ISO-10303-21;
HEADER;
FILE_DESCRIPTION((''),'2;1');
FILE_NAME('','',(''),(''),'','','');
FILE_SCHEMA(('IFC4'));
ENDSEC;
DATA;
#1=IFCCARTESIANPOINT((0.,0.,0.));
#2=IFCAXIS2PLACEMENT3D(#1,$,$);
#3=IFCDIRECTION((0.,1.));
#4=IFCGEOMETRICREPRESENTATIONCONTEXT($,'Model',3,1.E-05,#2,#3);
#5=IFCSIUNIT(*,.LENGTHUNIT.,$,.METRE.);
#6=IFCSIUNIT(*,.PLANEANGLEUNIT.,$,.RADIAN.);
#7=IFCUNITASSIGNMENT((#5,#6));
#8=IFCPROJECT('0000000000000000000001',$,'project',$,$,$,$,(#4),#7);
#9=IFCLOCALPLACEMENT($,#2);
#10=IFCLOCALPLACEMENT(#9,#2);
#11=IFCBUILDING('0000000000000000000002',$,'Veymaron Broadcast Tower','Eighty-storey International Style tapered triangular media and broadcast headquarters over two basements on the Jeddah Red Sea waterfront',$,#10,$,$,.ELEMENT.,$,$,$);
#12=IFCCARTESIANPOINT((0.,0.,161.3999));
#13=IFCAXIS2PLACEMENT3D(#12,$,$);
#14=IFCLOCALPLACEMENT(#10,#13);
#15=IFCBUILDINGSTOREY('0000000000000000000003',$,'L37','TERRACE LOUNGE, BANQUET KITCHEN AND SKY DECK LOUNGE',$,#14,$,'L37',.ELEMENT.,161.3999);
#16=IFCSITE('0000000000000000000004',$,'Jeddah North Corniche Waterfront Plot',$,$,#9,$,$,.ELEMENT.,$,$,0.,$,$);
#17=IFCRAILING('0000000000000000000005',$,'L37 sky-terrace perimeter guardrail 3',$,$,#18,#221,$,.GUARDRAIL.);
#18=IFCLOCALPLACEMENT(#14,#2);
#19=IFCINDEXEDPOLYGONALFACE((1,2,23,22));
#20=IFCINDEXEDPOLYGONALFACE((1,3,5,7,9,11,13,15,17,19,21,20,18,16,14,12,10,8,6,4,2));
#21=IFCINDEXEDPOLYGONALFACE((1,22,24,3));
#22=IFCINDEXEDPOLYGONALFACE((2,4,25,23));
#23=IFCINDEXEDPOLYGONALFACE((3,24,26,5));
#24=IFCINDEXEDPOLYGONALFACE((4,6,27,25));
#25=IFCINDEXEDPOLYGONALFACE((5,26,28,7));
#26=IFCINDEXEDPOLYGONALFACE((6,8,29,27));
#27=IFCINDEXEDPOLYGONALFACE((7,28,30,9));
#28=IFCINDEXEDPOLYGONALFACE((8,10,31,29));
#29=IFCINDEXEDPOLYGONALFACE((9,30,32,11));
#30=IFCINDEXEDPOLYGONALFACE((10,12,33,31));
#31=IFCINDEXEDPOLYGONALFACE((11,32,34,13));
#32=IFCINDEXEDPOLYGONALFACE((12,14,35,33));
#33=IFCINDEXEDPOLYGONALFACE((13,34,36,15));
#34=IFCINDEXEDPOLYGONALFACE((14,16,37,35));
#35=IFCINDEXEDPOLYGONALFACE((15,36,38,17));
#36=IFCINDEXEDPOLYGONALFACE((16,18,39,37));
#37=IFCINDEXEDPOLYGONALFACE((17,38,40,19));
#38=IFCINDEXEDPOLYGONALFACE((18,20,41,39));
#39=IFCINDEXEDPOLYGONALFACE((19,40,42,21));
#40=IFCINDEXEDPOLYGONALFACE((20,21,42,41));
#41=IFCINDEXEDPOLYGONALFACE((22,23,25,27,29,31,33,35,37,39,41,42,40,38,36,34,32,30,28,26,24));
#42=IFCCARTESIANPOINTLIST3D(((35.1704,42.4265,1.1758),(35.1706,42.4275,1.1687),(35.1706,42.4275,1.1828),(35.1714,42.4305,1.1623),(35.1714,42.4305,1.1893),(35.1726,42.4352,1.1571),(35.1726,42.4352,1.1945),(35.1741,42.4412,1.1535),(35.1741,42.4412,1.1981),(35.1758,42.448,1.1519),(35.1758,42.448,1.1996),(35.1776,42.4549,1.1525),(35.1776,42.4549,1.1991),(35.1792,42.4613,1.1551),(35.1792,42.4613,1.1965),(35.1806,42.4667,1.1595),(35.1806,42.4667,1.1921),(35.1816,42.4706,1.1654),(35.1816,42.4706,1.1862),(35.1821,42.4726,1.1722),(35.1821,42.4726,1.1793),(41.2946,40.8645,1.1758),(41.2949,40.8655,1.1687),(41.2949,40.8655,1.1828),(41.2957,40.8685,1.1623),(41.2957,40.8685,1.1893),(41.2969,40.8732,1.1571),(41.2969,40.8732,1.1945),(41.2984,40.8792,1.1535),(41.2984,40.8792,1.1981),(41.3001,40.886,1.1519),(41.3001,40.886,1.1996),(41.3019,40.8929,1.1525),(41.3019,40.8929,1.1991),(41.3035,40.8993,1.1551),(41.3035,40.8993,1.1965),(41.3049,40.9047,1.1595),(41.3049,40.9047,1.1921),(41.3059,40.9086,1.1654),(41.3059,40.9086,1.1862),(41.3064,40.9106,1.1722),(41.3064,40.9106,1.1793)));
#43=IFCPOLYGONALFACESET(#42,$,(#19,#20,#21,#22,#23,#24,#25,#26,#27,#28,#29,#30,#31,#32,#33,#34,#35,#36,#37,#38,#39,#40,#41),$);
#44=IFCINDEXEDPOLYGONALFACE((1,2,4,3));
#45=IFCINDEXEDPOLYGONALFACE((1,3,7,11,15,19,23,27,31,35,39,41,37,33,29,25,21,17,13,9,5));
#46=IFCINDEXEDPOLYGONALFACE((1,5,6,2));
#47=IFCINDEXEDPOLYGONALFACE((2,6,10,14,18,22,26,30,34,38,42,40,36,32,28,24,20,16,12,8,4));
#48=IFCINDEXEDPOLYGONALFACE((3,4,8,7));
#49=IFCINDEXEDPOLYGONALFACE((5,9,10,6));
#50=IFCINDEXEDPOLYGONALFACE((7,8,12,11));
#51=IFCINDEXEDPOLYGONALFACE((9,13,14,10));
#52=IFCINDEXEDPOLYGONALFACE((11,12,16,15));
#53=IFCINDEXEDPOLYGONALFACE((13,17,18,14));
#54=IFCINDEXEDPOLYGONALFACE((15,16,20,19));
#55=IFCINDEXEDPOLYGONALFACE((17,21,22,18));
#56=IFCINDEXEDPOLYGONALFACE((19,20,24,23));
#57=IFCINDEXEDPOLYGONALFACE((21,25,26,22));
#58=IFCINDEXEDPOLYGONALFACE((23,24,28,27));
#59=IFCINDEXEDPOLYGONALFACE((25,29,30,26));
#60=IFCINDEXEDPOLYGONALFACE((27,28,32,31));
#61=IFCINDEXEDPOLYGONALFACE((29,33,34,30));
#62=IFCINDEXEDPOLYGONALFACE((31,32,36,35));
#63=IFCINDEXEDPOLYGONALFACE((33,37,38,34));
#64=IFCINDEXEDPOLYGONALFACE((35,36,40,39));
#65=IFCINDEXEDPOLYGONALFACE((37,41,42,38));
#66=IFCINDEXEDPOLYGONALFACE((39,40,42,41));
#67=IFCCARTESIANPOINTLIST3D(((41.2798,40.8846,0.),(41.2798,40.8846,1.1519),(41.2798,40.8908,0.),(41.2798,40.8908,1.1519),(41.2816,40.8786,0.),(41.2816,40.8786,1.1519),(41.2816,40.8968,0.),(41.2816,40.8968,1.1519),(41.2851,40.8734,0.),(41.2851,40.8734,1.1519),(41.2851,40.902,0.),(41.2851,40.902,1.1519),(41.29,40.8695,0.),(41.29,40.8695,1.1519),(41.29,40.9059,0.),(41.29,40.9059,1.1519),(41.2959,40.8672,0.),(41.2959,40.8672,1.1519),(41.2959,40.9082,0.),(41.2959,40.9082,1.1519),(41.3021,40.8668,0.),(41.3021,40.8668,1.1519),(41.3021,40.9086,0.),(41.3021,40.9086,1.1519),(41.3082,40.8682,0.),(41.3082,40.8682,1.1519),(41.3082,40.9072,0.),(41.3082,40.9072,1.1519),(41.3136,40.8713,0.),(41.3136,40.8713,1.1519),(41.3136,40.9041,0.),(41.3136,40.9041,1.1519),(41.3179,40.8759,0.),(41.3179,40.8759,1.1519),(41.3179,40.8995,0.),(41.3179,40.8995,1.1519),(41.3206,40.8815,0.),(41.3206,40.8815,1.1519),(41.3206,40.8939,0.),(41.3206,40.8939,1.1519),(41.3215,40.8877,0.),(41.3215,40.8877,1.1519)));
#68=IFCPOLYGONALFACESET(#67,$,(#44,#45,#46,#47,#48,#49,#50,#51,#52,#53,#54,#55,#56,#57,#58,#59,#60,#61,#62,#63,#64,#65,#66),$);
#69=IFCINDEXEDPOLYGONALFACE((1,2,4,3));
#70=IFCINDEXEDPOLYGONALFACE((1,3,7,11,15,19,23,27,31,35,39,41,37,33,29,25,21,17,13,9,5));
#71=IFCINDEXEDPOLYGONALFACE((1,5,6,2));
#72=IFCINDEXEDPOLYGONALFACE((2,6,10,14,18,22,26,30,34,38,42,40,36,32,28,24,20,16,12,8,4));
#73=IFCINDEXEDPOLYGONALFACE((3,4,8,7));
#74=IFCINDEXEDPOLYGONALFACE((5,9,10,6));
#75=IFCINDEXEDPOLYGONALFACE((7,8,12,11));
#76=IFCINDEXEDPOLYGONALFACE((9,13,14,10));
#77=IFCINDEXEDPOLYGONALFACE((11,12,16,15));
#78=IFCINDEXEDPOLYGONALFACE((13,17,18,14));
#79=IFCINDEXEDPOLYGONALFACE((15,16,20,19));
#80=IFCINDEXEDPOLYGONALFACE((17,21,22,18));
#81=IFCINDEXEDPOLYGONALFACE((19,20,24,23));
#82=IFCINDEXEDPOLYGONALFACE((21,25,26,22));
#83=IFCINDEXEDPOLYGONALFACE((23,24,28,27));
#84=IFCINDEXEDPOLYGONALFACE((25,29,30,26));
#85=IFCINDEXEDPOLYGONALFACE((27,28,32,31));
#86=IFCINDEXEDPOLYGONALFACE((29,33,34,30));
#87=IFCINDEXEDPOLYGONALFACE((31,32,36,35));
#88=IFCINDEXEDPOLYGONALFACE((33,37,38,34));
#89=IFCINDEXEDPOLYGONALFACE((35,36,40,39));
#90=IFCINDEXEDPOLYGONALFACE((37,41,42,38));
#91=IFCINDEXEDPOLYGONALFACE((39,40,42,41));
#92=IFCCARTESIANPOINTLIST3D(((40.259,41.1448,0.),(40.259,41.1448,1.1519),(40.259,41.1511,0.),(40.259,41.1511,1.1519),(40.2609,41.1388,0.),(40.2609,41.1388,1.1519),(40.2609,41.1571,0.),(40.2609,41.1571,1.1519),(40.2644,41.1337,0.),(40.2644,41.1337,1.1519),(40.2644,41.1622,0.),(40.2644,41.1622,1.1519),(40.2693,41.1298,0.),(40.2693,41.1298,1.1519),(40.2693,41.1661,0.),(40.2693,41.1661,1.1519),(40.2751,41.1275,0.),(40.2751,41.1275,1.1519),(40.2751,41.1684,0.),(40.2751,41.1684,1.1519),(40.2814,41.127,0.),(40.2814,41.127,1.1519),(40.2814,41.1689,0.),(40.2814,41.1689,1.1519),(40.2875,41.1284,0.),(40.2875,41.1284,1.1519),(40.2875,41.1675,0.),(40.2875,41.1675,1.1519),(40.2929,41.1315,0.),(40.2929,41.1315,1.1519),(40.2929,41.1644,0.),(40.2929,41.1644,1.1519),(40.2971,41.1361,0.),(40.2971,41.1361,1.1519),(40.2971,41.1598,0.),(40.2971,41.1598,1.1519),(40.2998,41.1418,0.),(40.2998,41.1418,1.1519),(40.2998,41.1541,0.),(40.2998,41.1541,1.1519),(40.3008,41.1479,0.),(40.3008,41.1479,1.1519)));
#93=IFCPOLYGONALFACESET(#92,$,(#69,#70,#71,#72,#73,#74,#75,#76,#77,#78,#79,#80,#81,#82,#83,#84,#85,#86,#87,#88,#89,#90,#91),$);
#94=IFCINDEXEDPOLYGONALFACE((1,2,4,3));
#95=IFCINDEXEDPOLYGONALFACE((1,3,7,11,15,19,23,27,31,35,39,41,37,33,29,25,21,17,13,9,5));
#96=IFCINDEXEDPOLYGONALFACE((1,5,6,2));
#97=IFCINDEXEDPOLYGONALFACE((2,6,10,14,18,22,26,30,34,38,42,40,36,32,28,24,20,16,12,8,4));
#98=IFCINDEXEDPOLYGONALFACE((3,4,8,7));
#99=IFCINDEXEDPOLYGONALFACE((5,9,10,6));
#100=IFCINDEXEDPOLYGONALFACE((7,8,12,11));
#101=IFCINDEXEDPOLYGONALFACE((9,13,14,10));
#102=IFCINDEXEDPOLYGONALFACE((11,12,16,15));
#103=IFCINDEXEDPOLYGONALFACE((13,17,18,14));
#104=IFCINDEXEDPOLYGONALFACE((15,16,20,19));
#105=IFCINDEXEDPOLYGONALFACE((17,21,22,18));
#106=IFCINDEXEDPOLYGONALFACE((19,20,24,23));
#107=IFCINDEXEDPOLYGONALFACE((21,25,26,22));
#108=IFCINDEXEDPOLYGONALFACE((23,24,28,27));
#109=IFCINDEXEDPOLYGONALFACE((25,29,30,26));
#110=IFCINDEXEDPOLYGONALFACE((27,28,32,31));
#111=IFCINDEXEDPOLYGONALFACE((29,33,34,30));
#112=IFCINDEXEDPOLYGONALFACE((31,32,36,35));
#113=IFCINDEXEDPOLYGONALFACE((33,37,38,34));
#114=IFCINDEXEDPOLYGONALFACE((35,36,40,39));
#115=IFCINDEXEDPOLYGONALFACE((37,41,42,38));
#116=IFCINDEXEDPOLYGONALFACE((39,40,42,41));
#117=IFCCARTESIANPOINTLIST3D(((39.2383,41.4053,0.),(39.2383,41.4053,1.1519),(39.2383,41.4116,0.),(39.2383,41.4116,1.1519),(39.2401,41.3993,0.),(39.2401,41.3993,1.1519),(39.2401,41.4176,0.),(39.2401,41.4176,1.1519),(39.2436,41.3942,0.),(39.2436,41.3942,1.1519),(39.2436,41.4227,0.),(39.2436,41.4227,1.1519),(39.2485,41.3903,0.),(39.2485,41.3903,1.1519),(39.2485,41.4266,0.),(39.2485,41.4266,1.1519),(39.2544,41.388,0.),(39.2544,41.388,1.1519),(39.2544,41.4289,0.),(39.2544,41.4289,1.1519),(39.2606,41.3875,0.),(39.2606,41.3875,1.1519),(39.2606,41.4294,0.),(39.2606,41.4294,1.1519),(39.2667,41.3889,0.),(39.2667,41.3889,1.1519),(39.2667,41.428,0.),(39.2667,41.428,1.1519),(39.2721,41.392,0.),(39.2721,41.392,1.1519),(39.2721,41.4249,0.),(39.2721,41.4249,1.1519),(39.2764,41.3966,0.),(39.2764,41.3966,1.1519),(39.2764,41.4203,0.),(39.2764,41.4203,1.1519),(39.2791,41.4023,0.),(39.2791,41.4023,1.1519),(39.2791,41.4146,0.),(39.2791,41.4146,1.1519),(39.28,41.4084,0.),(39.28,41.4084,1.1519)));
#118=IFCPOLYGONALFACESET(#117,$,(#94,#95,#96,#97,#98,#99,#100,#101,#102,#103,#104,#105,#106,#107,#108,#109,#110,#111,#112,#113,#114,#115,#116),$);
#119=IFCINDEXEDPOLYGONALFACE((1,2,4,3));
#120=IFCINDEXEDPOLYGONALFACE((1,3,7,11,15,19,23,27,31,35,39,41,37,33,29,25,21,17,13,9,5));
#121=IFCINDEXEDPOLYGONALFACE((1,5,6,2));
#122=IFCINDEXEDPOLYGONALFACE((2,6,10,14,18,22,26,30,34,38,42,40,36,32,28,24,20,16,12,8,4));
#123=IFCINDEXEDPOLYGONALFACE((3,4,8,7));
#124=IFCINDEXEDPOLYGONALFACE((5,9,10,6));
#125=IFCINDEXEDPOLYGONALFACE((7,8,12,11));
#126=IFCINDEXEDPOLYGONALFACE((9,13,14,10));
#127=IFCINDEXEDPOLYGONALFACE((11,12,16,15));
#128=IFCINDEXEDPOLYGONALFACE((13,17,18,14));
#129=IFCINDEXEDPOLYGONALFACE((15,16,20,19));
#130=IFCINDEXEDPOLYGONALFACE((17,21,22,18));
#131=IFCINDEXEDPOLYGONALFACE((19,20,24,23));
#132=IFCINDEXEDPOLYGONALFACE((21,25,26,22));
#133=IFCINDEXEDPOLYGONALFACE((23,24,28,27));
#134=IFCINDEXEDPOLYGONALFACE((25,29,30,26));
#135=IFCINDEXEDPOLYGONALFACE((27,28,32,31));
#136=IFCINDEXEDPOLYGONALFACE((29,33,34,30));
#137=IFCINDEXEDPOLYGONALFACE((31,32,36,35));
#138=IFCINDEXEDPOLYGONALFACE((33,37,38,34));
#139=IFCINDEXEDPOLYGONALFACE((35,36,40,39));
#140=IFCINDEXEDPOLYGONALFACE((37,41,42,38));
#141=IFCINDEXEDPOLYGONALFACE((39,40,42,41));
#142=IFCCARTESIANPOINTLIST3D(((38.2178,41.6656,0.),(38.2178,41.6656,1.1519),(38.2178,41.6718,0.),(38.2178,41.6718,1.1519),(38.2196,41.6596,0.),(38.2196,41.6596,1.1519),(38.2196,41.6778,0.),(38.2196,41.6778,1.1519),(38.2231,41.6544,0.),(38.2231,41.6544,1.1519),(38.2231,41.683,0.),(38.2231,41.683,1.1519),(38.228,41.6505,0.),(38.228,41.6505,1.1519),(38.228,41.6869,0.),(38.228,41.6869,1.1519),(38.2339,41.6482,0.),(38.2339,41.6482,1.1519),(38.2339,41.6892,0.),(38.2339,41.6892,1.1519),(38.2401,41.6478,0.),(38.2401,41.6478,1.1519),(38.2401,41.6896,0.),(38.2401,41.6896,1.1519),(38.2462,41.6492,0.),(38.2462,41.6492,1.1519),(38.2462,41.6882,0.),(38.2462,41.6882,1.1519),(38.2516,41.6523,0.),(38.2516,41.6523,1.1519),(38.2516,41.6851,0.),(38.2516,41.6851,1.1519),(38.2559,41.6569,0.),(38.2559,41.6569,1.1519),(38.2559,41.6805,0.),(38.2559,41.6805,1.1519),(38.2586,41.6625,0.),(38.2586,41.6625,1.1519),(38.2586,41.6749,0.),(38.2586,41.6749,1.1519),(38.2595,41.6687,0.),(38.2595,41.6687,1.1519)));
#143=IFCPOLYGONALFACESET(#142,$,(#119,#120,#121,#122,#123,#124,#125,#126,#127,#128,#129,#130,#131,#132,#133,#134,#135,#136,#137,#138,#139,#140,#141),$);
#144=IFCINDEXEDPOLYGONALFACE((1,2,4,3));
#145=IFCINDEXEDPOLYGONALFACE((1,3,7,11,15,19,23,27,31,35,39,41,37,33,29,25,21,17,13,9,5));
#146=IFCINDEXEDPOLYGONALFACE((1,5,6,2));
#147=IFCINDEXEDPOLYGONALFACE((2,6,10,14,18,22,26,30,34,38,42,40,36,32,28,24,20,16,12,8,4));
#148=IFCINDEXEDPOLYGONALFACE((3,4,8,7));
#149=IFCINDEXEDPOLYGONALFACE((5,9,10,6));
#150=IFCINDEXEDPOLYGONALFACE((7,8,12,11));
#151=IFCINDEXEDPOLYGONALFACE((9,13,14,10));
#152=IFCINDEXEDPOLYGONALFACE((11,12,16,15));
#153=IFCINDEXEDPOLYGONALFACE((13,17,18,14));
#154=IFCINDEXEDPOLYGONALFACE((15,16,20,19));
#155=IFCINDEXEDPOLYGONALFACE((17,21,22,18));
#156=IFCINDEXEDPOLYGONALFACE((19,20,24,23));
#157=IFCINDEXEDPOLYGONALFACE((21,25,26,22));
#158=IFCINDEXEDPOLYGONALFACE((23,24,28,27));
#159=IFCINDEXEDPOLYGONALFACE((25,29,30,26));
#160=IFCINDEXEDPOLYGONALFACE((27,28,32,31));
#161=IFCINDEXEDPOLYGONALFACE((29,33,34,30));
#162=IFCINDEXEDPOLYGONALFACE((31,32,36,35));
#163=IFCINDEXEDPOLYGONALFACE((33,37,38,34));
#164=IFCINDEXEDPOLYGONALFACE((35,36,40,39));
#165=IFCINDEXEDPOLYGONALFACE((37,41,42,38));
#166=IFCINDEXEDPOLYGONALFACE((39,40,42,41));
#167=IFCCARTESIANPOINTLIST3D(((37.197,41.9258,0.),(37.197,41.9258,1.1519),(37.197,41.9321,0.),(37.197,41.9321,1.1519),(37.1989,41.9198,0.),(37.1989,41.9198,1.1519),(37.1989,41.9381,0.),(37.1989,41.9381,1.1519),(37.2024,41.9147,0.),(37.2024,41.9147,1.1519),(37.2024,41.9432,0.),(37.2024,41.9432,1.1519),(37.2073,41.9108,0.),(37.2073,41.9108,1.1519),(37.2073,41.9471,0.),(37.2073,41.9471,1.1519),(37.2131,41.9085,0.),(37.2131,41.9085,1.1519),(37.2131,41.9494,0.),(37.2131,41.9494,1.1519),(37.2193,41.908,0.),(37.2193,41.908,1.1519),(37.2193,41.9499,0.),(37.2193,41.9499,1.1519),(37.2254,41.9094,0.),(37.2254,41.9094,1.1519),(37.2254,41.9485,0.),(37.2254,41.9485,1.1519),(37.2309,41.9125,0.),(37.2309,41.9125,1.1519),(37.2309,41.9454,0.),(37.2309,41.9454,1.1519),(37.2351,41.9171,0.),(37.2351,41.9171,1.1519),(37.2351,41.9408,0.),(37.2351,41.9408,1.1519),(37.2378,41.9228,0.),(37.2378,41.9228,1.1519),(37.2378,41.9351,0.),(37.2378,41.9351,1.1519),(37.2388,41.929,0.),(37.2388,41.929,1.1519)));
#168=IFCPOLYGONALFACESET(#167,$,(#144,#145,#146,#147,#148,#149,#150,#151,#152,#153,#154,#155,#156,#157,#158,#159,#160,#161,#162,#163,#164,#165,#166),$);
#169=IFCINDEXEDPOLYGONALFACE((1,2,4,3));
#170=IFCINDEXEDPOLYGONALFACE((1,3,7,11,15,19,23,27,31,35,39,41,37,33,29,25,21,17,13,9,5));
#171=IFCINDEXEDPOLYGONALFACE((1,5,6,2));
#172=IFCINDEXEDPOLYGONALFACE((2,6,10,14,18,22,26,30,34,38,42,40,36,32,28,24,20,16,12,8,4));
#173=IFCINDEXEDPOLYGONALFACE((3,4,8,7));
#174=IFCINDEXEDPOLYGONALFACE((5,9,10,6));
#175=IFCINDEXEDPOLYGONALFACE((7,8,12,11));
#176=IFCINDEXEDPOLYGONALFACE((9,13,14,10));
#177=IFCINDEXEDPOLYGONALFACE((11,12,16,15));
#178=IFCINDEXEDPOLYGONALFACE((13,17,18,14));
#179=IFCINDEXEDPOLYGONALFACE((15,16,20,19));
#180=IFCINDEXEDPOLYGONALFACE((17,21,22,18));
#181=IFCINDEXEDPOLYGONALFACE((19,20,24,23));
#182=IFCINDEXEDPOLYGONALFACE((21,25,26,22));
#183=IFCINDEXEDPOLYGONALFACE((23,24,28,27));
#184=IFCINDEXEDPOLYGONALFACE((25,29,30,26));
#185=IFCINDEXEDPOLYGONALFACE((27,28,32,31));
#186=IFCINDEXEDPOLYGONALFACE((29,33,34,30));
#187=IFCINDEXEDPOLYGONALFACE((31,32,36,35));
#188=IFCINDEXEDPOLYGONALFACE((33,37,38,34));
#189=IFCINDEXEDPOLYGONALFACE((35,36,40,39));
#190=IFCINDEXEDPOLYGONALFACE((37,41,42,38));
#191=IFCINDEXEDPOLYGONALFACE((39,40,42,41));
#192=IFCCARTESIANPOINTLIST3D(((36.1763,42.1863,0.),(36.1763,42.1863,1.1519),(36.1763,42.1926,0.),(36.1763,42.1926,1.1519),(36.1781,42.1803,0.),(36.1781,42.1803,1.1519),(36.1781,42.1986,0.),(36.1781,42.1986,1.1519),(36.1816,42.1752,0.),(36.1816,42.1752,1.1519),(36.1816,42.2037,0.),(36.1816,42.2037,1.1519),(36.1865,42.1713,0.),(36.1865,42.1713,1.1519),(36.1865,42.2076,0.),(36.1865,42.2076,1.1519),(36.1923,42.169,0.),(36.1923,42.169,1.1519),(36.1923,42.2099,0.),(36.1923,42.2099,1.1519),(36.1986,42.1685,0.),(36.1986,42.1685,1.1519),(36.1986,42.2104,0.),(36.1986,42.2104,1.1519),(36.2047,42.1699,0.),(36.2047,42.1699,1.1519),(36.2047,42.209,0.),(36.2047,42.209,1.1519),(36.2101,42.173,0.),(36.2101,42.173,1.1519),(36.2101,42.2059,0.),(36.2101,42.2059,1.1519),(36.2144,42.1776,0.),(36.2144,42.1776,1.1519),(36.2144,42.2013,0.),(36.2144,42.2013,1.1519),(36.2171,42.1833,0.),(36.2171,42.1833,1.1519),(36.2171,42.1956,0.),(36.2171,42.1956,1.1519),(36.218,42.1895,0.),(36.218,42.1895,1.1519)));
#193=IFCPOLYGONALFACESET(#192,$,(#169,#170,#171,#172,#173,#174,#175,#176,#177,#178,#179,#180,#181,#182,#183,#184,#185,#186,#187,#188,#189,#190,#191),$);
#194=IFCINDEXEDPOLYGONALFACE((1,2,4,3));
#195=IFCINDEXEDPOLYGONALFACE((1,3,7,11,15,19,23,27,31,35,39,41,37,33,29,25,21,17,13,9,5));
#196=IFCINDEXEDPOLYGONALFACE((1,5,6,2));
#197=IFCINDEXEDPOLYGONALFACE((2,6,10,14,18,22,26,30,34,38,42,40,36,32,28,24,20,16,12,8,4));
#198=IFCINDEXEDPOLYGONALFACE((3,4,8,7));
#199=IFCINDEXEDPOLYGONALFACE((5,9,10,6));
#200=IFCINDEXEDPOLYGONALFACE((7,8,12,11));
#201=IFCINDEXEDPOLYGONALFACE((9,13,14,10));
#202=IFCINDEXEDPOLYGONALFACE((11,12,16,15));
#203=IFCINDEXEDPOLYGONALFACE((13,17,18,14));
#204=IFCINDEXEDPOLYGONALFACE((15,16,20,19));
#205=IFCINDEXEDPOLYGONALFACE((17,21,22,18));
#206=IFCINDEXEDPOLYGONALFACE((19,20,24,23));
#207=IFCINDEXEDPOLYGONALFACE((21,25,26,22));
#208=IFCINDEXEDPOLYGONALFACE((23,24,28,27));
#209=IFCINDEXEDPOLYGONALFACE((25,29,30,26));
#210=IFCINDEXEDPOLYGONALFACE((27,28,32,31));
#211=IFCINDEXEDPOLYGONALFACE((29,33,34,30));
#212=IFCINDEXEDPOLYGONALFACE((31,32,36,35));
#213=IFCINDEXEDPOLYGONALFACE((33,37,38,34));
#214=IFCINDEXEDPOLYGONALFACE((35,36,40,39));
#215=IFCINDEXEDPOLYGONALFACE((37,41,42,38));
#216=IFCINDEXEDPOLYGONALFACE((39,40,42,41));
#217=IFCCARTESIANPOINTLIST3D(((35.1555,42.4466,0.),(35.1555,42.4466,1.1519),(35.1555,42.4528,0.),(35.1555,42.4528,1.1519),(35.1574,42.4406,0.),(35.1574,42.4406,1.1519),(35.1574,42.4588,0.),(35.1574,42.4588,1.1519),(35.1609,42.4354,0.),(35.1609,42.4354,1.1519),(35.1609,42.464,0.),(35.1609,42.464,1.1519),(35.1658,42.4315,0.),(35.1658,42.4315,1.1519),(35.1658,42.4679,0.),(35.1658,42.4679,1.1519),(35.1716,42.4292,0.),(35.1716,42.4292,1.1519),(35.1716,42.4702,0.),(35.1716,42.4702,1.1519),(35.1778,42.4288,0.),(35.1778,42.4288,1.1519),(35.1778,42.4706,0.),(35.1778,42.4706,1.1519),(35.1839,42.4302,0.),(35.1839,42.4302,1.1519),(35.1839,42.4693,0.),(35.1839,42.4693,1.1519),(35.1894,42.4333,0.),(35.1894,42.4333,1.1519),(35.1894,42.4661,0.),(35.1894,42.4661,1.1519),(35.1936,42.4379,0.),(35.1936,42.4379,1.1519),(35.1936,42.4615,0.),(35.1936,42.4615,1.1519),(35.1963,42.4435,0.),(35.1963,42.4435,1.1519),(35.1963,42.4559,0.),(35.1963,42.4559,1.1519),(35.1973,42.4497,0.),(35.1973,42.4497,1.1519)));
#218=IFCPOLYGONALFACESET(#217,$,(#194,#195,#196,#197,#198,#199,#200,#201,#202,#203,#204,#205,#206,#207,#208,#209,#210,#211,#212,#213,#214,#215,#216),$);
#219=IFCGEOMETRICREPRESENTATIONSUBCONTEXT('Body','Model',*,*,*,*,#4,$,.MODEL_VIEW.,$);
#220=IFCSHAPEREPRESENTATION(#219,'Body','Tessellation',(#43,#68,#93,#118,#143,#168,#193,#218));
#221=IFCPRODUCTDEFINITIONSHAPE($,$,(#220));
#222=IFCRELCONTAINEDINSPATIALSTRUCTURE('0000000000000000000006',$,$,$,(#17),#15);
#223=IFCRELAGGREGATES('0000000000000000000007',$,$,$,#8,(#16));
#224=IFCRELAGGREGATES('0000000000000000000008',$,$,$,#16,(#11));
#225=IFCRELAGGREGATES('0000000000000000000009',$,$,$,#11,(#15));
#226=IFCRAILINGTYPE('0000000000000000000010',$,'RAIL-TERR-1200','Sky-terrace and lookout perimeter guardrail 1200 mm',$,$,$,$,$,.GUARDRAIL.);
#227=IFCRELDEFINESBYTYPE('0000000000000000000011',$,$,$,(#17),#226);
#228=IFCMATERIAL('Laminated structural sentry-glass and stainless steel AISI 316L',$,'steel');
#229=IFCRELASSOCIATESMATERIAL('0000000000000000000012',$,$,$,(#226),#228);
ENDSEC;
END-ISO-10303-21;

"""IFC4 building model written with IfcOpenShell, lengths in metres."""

from ifc_helpers import new_model, si_unit, direction, frame, origin, origin_2d, place, context, subcontext, project, spatial, circle, extrude, material, type_object, element, save


model = new_model("IFC4")

# Units and contexts
model_context = context("Model", 3, precision=1e-05, world=origin(), true_north=direction((0.0, 1.0)))
body_context = subcontext(model_context, "Body", "Model", "MODEL_VIEW")
ifc_project = project(units=[si_unit("LENGTHUNIT", "METRE"), si_unit("PLANEANGLEUNIT", "RADIAN")], contexts=[model_context])

# Site, building, storey
site_placement = place(None, origin())
site = spatial("IfcSite", under=ifc_project, at=site_placement, Name="Jeddah North Corniche Waterfront Plot", CompositionType="ELEMENT", RefElevation=0.0)
building_placement = place(site_placement, origin())
building = spatial("IfcBuilding", under=site, at=building_placement, Name="Veymaron Broadcast Tower", Description="Eighty-storey International Style tapered triangular media and broadcast headquarters over two basements on the Jeddah Red Sea waterfront", CompositionType="ELEMENT")
storey_placement = place(building_placement, frame((0.0, 0.0, 161.3999)))
storey = spatial("IfcBuildingStorey", under=building, at=storey_placement, Name="L37", Description="TERRACE LOUNGE, BANQUET KITCHEN AND SKY DECK LOUNGE", LongName="L37", CompositionType="ELEMENT", Elevation=161.3999)

# Railing
ifc_material_1 = material(Name="Laminated structural sentry-glass and stainless steel AISI 316L", Category="steel")
railing_type_1 = type_object("IfcRailingType", Name="RAIL-TERR-1200", Description="Sky-terrace and lookout perimeter guardrail 1200 mm", PredefinedType="GUARDRAIL", material=ifc_material_1)
railing_1_placement = place(storey_placement, frame((41.3005, 40.8877, 0.0)))
element("IfcRailing", 1, at=railing_1_placement, inside=storey, type_object=railing_type_1, Name="L37 sky-terrace perimeter guardrail 3", PredefinedType="GUARDRAIL", context=body_context, shape_type="SweptSolid", body=[
    extrude(circle(Radius=0.0239, at=origin_2d()), frame((0.0, 0.0, 1.1758), z_axis=(-0.96898, 0.247141, 0.0), x_axis=(-0.247141, -0.96898, 0.0)), (0.0, 0.0, 1.0), 6.3203),
    extrude(circle(Radius=0.021, at=origin_2d()), origin(), (0.0, 0.0, 1.0), 1.1519),
    extrude(circle(Radius=0.021, at=origin_2d()), frame((-1.0208, 0.2603, 0.0)), (0.0, 0.0, 1.0), 1.1519),
    extrude(circle(Radius=0.021, at=origin_2d()), frame((-2.0415, 0.5208, 0.0)), (0.0, 0.0, 1.0), 1.1519),
    extrude(circle(Radius=0.021, at=origin_2d()), frame((-3.062, 0.781, 0.0)), (0.0, 0.0, 1.0), 1.1519),
    extrude(circle(Radius=0.021, at=origin_2d()), frame((-4.0828, 1.0413, 0.0)), (0.0, 0.0, 1.0), 1.1519),
    extrude(circle(Radius=0.021, at=origin_2d()), frame((-5.1035, 1.3018, 0.0)), (0.0, 0.0, 1.0), 1.1519),
    extrude(circle(Radius=0.021, at=origin_2d()), frame((-6.1243, 1.562, 0.0)), (0.0, 0.0, 1.0), 1.1519),
])

save(model, "model.ifc")
